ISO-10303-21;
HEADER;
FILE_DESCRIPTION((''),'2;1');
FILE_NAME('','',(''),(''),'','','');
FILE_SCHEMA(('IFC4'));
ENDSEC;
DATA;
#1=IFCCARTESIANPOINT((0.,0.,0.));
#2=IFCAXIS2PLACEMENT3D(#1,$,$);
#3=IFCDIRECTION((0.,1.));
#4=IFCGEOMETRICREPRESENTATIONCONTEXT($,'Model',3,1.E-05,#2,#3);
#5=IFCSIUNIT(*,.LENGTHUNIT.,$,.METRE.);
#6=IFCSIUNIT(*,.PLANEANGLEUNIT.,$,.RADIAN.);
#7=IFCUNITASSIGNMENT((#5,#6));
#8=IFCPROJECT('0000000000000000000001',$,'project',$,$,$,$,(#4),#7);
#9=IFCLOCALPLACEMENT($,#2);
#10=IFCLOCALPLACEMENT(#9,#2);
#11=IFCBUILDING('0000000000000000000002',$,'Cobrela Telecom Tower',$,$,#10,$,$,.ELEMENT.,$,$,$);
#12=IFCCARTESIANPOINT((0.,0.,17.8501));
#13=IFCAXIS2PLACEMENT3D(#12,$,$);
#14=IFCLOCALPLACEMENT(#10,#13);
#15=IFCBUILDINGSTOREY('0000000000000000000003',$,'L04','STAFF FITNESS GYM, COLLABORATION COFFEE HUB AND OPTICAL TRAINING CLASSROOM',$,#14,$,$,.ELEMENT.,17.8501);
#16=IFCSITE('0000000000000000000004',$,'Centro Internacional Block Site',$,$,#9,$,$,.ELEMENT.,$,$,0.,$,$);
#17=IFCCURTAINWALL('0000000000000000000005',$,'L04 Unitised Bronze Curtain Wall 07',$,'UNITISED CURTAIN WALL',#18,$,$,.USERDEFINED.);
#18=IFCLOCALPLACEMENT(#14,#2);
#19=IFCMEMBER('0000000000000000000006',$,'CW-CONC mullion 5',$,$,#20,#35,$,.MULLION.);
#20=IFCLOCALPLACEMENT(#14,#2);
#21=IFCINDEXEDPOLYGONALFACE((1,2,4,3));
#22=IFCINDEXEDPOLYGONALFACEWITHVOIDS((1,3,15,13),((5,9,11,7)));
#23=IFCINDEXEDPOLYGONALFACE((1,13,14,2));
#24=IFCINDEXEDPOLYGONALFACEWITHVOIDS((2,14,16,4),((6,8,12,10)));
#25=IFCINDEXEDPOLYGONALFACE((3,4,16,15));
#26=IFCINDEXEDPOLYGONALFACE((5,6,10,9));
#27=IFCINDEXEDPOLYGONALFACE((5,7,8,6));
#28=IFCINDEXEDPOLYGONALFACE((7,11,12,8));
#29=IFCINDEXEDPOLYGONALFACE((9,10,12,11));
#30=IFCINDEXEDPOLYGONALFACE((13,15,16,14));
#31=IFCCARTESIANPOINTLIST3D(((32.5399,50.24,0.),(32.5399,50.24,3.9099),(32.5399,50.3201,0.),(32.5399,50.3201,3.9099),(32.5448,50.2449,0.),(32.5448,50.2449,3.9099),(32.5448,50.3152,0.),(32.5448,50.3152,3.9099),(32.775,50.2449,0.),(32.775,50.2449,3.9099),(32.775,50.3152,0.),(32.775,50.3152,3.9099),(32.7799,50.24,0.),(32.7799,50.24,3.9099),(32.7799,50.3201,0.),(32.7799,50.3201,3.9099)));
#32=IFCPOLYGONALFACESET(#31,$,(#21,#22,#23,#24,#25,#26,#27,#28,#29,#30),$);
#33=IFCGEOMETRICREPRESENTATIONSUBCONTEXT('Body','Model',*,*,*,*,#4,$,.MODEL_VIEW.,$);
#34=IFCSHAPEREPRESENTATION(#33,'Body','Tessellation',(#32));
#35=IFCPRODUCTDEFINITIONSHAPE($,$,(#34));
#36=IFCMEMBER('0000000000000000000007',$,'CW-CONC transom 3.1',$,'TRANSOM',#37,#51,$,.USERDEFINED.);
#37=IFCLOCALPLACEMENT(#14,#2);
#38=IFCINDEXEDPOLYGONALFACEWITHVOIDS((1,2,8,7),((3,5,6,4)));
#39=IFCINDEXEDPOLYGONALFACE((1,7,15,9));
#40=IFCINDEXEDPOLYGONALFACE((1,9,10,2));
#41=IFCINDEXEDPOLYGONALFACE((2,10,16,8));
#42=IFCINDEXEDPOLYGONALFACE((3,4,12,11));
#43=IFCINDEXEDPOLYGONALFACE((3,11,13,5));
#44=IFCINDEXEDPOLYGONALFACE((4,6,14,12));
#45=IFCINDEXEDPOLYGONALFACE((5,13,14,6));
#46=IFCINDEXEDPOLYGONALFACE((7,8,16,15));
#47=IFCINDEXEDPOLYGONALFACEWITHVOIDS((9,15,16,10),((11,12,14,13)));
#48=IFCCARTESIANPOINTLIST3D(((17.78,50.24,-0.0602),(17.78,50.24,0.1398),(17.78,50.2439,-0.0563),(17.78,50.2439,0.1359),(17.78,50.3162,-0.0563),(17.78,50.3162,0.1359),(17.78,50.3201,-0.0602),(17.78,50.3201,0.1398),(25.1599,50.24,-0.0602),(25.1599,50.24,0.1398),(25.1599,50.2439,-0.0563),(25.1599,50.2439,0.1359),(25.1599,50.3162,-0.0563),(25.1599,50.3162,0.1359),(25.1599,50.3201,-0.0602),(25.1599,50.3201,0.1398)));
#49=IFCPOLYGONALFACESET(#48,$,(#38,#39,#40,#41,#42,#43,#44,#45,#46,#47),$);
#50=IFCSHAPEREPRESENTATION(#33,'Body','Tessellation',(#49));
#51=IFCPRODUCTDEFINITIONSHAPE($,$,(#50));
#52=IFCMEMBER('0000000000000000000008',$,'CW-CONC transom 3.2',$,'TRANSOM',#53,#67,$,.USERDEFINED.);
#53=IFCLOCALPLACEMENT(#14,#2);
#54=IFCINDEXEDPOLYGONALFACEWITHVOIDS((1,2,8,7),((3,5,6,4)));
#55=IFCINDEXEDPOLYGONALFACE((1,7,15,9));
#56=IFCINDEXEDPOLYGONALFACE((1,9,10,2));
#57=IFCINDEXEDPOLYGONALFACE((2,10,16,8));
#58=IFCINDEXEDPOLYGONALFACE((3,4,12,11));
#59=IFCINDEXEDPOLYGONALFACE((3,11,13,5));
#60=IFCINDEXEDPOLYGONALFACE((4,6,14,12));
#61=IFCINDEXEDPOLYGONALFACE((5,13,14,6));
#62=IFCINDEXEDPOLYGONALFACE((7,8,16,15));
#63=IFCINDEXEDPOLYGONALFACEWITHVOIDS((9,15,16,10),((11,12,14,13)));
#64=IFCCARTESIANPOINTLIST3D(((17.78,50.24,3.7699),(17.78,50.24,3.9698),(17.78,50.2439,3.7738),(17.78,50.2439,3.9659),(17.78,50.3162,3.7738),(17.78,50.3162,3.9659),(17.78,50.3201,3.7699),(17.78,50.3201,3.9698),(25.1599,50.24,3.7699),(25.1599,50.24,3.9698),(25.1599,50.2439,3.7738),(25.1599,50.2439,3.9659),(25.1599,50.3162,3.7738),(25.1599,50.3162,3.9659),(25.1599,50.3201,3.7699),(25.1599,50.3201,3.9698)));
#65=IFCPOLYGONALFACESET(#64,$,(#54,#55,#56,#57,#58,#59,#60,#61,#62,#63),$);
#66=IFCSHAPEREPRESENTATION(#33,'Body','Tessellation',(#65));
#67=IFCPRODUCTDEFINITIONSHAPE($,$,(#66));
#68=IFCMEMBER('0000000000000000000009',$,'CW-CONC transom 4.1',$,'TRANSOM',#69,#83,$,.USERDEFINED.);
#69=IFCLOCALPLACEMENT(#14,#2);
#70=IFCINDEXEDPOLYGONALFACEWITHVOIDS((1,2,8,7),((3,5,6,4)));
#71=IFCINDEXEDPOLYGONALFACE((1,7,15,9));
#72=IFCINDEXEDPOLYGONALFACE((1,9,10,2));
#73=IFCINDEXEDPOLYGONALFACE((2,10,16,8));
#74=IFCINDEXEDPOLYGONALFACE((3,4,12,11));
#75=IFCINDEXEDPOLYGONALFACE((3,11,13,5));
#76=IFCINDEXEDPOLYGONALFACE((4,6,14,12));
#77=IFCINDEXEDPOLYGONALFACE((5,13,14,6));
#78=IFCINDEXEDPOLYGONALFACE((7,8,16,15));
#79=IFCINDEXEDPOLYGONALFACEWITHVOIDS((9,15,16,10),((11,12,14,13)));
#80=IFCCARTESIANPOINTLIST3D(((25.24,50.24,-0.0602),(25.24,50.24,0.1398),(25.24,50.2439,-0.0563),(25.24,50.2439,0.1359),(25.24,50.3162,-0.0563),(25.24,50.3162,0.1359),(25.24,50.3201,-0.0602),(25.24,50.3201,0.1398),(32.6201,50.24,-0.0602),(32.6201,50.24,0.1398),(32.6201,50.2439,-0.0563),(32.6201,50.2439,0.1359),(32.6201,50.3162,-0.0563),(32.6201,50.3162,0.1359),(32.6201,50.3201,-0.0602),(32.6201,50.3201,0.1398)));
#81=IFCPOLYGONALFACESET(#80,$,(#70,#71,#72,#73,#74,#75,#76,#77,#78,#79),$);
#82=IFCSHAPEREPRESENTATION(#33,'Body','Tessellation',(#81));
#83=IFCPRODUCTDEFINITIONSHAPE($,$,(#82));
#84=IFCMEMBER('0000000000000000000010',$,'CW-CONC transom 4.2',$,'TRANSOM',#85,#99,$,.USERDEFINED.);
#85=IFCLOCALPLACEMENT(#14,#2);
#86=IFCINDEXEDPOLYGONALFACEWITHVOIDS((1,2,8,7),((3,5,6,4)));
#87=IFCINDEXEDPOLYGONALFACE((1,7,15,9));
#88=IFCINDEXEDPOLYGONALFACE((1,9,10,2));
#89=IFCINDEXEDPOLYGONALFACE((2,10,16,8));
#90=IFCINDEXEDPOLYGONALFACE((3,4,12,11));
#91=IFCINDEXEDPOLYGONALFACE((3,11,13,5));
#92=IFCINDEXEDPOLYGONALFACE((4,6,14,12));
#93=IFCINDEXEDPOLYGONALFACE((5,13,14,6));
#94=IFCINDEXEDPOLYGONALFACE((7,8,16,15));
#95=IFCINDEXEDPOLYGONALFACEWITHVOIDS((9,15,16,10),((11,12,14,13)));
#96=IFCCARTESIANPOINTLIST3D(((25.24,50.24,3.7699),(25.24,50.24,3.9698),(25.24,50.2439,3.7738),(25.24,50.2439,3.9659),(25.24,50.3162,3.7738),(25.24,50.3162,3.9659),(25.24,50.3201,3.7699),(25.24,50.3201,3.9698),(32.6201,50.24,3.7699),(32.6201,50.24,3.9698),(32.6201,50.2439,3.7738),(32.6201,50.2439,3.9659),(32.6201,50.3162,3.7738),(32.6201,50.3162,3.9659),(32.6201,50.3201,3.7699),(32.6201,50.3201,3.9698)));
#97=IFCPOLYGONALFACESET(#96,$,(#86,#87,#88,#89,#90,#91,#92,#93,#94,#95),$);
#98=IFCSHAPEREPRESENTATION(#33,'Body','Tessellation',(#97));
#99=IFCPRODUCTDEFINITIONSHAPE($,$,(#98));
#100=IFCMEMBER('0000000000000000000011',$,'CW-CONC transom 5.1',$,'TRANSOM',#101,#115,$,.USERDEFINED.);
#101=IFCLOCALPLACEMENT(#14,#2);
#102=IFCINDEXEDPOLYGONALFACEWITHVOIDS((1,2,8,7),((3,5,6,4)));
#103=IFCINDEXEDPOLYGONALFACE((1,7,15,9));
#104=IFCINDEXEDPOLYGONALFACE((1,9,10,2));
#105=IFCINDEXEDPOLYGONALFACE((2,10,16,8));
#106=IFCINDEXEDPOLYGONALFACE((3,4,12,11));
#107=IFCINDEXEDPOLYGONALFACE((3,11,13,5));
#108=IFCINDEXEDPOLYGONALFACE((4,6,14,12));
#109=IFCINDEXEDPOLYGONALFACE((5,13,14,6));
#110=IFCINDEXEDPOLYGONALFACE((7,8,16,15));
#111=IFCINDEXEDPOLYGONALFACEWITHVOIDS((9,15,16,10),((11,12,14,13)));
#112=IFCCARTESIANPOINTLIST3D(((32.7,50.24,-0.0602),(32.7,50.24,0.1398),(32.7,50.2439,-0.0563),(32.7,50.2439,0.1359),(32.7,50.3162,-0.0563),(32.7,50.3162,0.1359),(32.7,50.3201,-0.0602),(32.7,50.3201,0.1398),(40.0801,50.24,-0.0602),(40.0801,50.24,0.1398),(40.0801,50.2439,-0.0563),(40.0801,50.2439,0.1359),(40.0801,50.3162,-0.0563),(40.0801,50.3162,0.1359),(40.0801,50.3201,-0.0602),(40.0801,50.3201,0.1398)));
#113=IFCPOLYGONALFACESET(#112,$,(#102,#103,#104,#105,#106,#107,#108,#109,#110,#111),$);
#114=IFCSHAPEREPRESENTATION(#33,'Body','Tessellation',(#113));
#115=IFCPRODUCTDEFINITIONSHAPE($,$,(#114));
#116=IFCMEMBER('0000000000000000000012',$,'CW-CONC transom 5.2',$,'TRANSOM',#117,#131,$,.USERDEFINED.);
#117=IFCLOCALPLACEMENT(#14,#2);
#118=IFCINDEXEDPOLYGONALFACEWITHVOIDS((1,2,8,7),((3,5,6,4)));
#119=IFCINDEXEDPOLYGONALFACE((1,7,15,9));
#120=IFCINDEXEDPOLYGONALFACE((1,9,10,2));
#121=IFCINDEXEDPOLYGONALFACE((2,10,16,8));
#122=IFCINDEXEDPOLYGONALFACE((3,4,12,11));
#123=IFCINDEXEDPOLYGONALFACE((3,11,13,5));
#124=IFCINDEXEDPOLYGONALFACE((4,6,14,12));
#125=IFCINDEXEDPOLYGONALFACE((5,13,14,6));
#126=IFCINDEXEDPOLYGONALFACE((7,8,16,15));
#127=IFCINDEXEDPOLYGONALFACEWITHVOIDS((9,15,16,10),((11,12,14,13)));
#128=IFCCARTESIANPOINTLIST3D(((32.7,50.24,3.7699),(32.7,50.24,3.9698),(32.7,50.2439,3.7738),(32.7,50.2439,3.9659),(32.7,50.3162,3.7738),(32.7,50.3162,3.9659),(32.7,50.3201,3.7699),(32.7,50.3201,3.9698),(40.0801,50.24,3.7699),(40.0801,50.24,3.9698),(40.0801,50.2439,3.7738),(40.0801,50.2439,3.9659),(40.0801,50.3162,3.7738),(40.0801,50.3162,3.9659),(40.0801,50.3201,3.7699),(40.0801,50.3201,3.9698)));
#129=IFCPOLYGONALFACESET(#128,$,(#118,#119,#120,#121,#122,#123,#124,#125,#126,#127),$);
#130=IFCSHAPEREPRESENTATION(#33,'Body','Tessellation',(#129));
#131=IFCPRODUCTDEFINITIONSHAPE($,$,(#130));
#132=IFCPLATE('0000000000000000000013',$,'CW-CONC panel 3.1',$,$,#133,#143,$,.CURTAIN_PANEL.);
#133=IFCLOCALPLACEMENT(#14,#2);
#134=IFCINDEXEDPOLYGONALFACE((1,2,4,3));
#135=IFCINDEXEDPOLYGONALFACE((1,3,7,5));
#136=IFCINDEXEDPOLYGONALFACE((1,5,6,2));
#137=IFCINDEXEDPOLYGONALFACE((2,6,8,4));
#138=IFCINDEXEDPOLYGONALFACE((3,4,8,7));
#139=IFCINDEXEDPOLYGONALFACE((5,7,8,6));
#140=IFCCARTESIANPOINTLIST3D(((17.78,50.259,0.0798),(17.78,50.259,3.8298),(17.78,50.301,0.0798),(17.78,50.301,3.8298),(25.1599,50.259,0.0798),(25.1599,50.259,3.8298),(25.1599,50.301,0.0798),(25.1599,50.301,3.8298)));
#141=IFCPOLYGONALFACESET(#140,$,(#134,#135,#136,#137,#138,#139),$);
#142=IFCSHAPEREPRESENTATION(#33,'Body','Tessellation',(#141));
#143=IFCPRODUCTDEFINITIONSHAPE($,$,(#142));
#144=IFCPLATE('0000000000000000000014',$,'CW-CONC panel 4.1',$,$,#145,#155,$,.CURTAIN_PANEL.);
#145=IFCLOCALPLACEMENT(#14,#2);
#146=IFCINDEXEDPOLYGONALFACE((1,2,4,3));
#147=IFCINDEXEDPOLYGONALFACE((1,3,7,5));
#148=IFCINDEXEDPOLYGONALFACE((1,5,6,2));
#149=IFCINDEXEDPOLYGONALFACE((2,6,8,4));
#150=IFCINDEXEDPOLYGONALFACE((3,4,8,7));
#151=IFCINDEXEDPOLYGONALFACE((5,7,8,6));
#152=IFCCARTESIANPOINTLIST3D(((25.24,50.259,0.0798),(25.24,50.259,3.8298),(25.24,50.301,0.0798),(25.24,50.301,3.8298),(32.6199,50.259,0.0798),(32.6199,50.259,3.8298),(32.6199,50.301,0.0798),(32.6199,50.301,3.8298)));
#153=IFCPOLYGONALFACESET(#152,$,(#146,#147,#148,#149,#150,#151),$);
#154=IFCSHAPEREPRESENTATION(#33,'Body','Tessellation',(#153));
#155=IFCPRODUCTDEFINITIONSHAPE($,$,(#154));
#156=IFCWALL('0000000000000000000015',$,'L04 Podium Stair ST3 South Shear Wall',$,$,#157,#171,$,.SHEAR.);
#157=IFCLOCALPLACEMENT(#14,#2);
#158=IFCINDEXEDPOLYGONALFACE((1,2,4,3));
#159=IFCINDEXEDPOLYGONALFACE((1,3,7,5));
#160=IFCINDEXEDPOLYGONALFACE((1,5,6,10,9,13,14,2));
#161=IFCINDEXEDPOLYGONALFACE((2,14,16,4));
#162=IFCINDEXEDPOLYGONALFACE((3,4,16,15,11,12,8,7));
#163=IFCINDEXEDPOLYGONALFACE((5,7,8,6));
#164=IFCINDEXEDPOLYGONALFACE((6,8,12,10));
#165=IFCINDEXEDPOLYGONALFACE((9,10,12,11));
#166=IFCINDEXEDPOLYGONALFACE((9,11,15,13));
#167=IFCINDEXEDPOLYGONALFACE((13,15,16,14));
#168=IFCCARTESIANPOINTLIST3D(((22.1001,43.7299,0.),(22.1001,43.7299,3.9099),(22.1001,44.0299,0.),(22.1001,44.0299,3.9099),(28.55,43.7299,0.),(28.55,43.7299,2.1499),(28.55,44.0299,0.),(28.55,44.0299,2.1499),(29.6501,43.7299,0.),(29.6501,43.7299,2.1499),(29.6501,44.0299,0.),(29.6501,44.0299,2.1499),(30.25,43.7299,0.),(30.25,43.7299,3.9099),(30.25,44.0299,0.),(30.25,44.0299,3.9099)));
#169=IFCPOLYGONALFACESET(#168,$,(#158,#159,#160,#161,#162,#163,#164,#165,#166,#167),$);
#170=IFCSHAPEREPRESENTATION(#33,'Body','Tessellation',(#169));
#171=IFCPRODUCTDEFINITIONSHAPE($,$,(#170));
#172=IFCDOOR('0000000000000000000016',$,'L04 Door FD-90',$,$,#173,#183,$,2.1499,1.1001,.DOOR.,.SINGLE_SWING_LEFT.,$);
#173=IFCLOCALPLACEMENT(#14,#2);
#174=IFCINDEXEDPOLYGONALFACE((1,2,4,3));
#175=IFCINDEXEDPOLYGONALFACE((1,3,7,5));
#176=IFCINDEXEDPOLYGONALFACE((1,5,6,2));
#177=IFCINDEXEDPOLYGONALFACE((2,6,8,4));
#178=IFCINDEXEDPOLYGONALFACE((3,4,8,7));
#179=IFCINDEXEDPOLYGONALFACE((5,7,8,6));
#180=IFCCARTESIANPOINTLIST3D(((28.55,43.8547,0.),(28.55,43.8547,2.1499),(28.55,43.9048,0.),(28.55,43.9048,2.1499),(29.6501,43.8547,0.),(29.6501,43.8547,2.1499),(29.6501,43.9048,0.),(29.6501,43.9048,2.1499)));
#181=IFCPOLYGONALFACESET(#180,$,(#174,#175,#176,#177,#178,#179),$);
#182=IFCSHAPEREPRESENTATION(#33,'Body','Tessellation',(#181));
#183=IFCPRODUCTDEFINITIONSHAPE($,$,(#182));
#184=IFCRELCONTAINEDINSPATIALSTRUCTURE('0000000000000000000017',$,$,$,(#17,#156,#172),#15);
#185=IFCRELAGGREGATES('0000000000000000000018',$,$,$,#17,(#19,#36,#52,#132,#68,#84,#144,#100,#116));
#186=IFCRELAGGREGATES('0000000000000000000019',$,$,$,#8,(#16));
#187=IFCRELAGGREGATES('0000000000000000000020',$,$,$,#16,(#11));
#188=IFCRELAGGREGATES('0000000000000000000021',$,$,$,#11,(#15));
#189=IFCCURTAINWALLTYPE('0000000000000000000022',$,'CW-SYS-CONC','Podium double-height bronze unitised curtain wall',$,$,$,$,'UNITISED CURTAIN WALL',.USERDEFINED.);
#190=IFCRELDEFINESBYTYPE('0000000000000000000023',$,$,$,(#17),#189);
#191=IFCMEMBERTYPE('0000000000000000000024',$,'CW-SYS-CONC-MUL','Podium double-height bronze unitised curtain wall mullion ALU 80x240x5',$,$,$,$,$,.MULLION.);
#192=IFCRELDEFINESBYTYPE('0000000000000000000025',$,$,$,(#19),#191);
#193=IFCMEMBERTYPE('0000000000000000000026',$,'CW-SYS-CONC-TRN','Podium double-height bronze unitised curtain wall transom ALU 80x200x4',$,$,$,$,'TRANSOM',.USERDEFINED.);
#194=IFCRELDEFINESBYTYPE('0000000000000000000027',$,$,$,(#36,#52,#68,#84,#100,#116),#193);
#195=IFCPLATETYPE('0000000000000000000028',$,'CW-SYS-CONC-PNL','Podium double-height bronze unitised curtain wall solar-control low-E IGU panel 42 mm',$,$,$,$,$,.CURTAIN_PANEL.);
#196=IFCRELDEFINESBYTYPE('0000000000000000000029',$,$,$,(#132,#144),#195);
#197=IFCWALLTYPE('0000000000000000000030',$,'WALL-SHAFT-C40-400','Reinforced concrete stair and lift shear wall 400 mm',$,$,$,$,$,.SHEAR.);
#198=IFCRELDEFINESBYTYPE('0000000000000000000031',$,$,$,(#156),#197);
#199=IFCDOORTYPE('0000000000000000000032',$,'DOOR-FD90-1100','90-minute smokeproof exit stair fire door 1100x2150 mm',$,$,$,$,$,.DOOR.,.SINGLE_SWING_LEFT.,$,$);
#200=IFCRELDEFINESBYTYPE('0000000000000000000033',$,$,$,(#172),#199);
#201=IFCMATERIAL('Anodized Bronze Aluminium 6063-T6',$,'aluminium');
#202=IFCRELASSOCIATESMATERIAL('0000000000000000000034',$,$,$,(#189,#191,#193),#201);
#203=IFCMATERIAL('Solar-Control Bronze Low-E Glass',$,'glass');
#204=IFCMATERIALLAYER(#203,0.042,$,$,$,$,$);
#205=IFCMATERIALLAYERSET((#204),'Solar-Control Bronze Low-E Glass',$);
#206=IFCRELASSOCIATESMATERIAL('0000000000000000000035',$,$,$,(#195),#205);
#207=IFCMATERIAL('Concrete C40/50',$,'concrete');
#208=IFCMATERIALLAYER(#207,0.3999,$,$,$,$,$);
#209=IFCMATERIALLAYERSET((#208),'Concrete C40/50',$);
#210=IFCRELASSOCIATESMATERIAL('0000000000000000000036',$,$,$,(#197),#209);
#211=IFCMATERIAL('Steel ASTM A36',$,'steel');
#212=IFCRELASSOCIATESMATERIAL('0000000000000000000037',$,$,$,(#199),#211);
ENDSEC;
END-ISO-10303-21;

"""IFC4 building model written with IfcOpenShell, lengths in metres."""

from ifc_helpers import new_model, si_unit, direction, frame, frame_2d, origin, origin_2d, place, context, subcontext, project, spatial, rectangle, hollow_rectangle, extrude, material, layer, layer_set, material_profile, profile_set, type_object, element, fill, aggregate, save


model = new_model("IFC4")

# Units and contexts
model_context = context("Model", 3, precision=1e-05, world=origin(), true_north=direction((0.0, 1.0)))
body_context = subcontext(model_context, "Body", "Model", "MODEL_VIEW")
ifc_project = project(units=[si_unit("LENGTHUNIT", "METRE"), si_unit("PLANEANGLEUNIT", "RADIAN")], contexts=[model_context])

# Site, building, storey
site_placement = place(None, origin())
site = spatial("IfcSite", under=ifc_project, at=site_placement, Name="Centro Internacional Block Site", CompositionType="ELEMENT", RefElevation=0.0)
building_placement = place(site_placement, origin())
building = spatial("IfcBuilding", under=site, at=building_placement, Name="Cobrela Telecom Tower", CompositionType="ELEMENT")
storey_placement = place(building_placement, frame((0.0, 0.0, 17.8501)))
storey = spatial("IfcBuildingStorey", under=building, at=storey_placement, Name="L04", Description="STAFF FITNESS GYM, COLLABORATION COFFEE HUB AND OPTICAL TRAINING CLASSROOM", CompositionType="ELEMENT", Elevation=17.8501)

# Curtain wall, members, plates
ifc_material_1 = material(Name="Anodized Bronze Aluminium 6063-T6", Category="aluminium")
curtain_wall_type = type_object("IfcCurtainWallType", Name="CW-SYS-CONC", Description="Podium double-height bronze unitised curtain wall", ElementType="UNITISED CURTAIN WALL", PredefinedType="USERDEFINED", material=ifc_material_1)
curtain_wall_placement = place(storey_placement, origin())
curtain_wall = element("IfcCurtainWall", 1, at=curtain_wall_placement, inside=storey, type_object=curtain_wall_type, Name="L04 Unitised Bronze Curtain Wall 07", ObjectType="UNITISED CURTAIN WALL", PredefinedType="USERDEFINED")
ifc_material_profile_1 = material_profile(ifc_material_1, hollow_rectangle(XDim=0.0801, YDim=0.24, WallThickness=0.0049, at=origin_2d()), Name="ALU 80x240x5")
ifc_profile_set_1 = profile_set([ifc_material_profile_1], Name="Anodized Bronze Aluminium 6063-T6")
member_type_1 = type_object("IfcMemberType", Name="CW-SYS-CONC-MUL", Description="Podium double-height bronze unitised curtain wall mullion ALU 80x240x5", PredefinedType="MULLION", material=ifc_profile_set_1)
member_1_placement = place(storey_placement, frame((32.6599, 50.28, 0.0), z_axis=(0.0, 0.0, 1.0), x_axis=(0.0, 1.0, 0.0)))
member_1 = element("IfcMember", 2, at=member_1_placement, type_object=member_type_1, Name="CW-CONC mullion 5", PredefinedType="MULLION", context=body_context, shape_type="SweptSolid", body=[
    extrude(hollow_rectangle(XDim=0.0801, YDim=0.24, WallThickness=0.0049, at=origin_2d()), origin(), (0.0, 0.0, 1.0), 3.9099),
])
ifc_material_profile_2 = material_profile(ifc_material_1, hollow_rectangle(XDim=0.0801, YDim=0.2, WallThickness=0.0039, at=origin_2d()), Name="ALU 80x200x4")
ifc_profile_set_2 = profile_set([ifc_material_profile_2], Name="Anodized Bronze Aluminium 6063-T6")
member_type_2 = type_object("IfcMemberType", Name="CW-SYS-CONC-TRN", Description="Podium double-height bronze unitised curtain wall transom ALU 80x200x4", ElementType="TRANSOM", PredefinedType="USERDEFINED", material=ifc_profile_set_2)
member_2_placement = place(storey_placement, frame((17.78, 50.28, 0.0398), z_axis=(1.0, 0.0, 0.0), x_axis=(0.0, 1.0, 0.0)))
member_2 = element("IfcMember", 3, at=member_2_placement, type_object=member_type_2, Name="CW-CONC transom 3.1", ObjectType="TRANSOM", PredefinedType="USERDEFINED", context=body_context, shape_type="SweptSolid", body=[
    extrude(hollow_rectangle(XDim=0.0801, YDim=0.2, WallThickness=0.0039, at=origin_2d()), origin(), (0.0, 0.0, 1.0), 7.3799),
])
member_3_placement = place(storey_placement, frame((17.78, 50.28, 3.8699), z_axis=(1.0, 0.0, 0.0), x_axis=(0.0, 1.0, 0.0)))
member_3 = element("IfcMember", 4, at=member_3_placement, type_object=member_type_2, Name="CW-CONC transom 3.2", ObjectType="TRANSOM", PredefinedType="USERDEFINED", context=body_context, shape_type="SweptSolid", body=[
    extrude(hollow_rectangle(XDim=0.0801, YDim=0.2, WallThickness=0.0039, at=origin_2d()), origin(), (0.0, 0.0, 1.0), 7.3799),
])
member_4_placement = place(storey_placement, frame((25.24, 50.28, 0.0398), z_axis=(1.0, 0.0, 0.0), x_axis=(0.0, 1.0, 0.0)))
member_4 = element("IfcMember", 5, at=member_4_placement, type_object=member_type_2, Name="CW-CONC transom 4.1", ObjectType="TRANSOM", PredefinedType="USERDEFINED", context=body_context, shape_type="SweptSolid", body=[
    extrude(hollow_rectangle(XDim=0.0801, YDim=0.2, WallThickness=0.0039, at=origin_2d()), origin(), (0.0, 0.0, 1.0), 7.3801),
])
member_5_placement = place(storey_placement, frame((25.24, 50.28, 3.8699), z_axis=(1.0, 0.0, 0.0), x_axis=(0.0, 1.0, 0.0)))
member_5 = element("IfcMember", 6, at=member_5_placement, type_object=member_type_2, Name="CW-CONC transom 4.2", ObjectType="TRANSOM", PredefinedType="USERDEFINED", context=body_context, shape_type="SweptSolid", body=[
    extrude(hollow_rectangle(XDim=0.0801, YDim=0.2, WallThickness=0.0039, at=origin_2d()), origin(), (0.0, 0.0, 1.0), 7.3801),
])
member_6_placement = place(storey_placement, frame((32.7, 50.28, 0.0398), z_axis=(1.0, 0.0, 0.0), x_axis=(0.0, 1.0, 0.0)))
member_6 = element("IfcMember", 7, at=member_6_placement, type_object=member_type_2, Name="CW-CONC transom 5.1", ObjectType="TRANSOM", PredefinedType="USERDEFINED", context=body_context, shape_type="SweptSolid", body=[
    extrude(hollow_rectangle(XDim=0.0801, YDim=0.2, WallThickness=0.0039, at=origin_2d()), origin(), (0.0, 0.0, 1.0), 7.3801),
])
member_7_placement = place(storey_placement, frame((32.7, 50.28, 3.8699), z_axis=(1.0, 0.0, 0.0), x_axis=(0.0, 1.0, 0.0)))
member_7 = element("IfcMember", 8, at=member_7_placement, type_object=member_type_2, Name="CW-CONC transom 5.2", ObjectType="TRANSOM", PredefinedType="USERDEFINED", context=body_context, shape_type="SweptSolid", body=[
    extrude(hollow_rectangle(XDim=0.0801, YDim=0.2, WallThickness=0.0039, at=origin_2d()), origin(), (0.0, 0.0, 1.0), 7.3801),
])
ifc_material_2 = material(Name="Solar-Control Bronze Low-E Glass", Category="glass")
ifc_layer_1 = layer(ifc_material_2, 0.042)
ifc_layer_set_1 = layer_set([ifc_layer_1], Name="Solar-Control Bronze Low-E Glass")
plate_type = type_object("IfcPlateType", Name="CW-SYS-CONC-PNL", Description="Podium double-height bronze unitised curtain wall solar-control low-E IGU panel 42 mm", PredefinedType="CURTAIN_PANEL", material=ifc_layer_set_1)
plate_1_placement = place(storey_placement, frame((21.47, 50.28, 0.0798), z_axis=(0.0, 0.0, 1.0), x_axis=(1.0, 0.0, 0.0)))
plate_1 = element("IfcPlate", 9, at=plate_1_placement, type_object=plate_type, Name="CW-CONC panel 3.1", PredefinedType="CURTAIN_PANEL", context=body_context, shape_type="SweptSolid", body=[
    extrude(rectangle(XDim=7.3799, YDim=0.042, at=origin_2d()), origin(), (0.0, 0.0, 1.0), 3.75),
])
plate_2_placement = place(storey_placement, frame((28.9299, 50.28, 0.0798), z_axis=(0.0, 0.0, 1.0), x_axis=(1.0, 0.0, 0.0)))
plate_2 = element("IfcPlate", 10, at=plate_2_placement, type_object=plate_type, Name="CW-CONC panel 4.1", PredefinedType="CURTAIN_PANEL", context=body_context, shape_type="SweptSolid", body=[
    extrude(rectangle(XDim=7.3799, YDim=0.042, at=origin_2d()), origin(), (0.0, 0.0, 1.0), 3.75),
])
aggregate(curtain_wall, [member_1, member_2, member_3, plate_1, member_4, member_5, plate_2, member_6, member_7])

# Wall, opening, door
ifc_material_3 = material(Name="Concrete C40/50", Category="concrete")
ifc_layer_2 = layer(ifc_material_3, 0.3999)
ifc_layer_set_2 = layer_set([ifc_layer_2], Name="Concrete C40/50")
wall_type = type_object("IfcWallType", Name="WALL-SHAFT-C40-400", Description="Reinforced concrete stair and lift shear wall 400 mm", PredefinedType="SHEAR", material=ifc_layer_set_2)
wall_1_placement = place(storey_placement, frame((22.1001, 43.8799, 0.0), z_axis=(0.0, 0.0, 1.0), x_axis=(1.0, 0.0, 0.0)))
wall_1 = element("IfcWall", 11, at=wall_1_placement, inside=storey, type_object=wall_type, Name="L04 Podium Stair ST3 South Shear Wall", PredefinedType="SHEAR", context=body_context, shape_type="SweptSolid", body=[
    extrude(rectangle(XDim=8.1499, YDim=0.3, at=frame_2d((4.075, 0.0))), origin(), (0.0, 0.0, 1.0), 3.9099),
])
opening_placement = place(wall_1_placement, frame((6.45, 0.0, 0.0)))
opening = element("IfcOpeningElement", 12, at=opening_placement, cuts=wall_1, PredefinedType="OPENING", context=body_context, shape_type="SweptSolid", body=[
    extrude(rectangle(XDim=1.1001, YDim=2.1499, at=frame_2d((0.55, 1.075))), frame((0.0, 0.1621, 0.0), z_axis=(0.0, -1.0, 0.0), x_axis=(1.0, 0.0, 0.0)), (0.0, 0.0, 1.0), 0.324),
])
ifc_material_4 = material(Name="Steel ASTM A36", Category="steel")
door_type = type_object("IfcDoorType", Name="DOOR-FD90-1100", Description="90-minute smokeproof exit stair fire door 1100x2150 mm", OperationType="SINGLE_SWING_LEFT", PredefinedType="DOOR", material=ifc_material_4)
door_placement = place(opening_placement, origin())
door = element("IfcDoor", 13, at=door_placement, inside=storey, type_object=door_type, Name="L04 Door FD-90", OperationType="SINGLE_SWING_LEFT", OverallHeight=2.1499, OverallWidth=1.1001, PredefinedType="DOOR", context=body_context, shape_type="SweptSolid", body=[
    extrude(rectangle(XDim=1.1001, YDim=2.1499, at=frame_2d((0.55, 1.075))), frame((0.0, 0.0249, 0.0), z_axis=(0.0, -1.0, 0.0), x_axis=(1.0, 0.0, 0.0)), (0.0, 0.0, 1.0), 0.05),
])
fill(opening, door)

save(model, "model.ifc")
